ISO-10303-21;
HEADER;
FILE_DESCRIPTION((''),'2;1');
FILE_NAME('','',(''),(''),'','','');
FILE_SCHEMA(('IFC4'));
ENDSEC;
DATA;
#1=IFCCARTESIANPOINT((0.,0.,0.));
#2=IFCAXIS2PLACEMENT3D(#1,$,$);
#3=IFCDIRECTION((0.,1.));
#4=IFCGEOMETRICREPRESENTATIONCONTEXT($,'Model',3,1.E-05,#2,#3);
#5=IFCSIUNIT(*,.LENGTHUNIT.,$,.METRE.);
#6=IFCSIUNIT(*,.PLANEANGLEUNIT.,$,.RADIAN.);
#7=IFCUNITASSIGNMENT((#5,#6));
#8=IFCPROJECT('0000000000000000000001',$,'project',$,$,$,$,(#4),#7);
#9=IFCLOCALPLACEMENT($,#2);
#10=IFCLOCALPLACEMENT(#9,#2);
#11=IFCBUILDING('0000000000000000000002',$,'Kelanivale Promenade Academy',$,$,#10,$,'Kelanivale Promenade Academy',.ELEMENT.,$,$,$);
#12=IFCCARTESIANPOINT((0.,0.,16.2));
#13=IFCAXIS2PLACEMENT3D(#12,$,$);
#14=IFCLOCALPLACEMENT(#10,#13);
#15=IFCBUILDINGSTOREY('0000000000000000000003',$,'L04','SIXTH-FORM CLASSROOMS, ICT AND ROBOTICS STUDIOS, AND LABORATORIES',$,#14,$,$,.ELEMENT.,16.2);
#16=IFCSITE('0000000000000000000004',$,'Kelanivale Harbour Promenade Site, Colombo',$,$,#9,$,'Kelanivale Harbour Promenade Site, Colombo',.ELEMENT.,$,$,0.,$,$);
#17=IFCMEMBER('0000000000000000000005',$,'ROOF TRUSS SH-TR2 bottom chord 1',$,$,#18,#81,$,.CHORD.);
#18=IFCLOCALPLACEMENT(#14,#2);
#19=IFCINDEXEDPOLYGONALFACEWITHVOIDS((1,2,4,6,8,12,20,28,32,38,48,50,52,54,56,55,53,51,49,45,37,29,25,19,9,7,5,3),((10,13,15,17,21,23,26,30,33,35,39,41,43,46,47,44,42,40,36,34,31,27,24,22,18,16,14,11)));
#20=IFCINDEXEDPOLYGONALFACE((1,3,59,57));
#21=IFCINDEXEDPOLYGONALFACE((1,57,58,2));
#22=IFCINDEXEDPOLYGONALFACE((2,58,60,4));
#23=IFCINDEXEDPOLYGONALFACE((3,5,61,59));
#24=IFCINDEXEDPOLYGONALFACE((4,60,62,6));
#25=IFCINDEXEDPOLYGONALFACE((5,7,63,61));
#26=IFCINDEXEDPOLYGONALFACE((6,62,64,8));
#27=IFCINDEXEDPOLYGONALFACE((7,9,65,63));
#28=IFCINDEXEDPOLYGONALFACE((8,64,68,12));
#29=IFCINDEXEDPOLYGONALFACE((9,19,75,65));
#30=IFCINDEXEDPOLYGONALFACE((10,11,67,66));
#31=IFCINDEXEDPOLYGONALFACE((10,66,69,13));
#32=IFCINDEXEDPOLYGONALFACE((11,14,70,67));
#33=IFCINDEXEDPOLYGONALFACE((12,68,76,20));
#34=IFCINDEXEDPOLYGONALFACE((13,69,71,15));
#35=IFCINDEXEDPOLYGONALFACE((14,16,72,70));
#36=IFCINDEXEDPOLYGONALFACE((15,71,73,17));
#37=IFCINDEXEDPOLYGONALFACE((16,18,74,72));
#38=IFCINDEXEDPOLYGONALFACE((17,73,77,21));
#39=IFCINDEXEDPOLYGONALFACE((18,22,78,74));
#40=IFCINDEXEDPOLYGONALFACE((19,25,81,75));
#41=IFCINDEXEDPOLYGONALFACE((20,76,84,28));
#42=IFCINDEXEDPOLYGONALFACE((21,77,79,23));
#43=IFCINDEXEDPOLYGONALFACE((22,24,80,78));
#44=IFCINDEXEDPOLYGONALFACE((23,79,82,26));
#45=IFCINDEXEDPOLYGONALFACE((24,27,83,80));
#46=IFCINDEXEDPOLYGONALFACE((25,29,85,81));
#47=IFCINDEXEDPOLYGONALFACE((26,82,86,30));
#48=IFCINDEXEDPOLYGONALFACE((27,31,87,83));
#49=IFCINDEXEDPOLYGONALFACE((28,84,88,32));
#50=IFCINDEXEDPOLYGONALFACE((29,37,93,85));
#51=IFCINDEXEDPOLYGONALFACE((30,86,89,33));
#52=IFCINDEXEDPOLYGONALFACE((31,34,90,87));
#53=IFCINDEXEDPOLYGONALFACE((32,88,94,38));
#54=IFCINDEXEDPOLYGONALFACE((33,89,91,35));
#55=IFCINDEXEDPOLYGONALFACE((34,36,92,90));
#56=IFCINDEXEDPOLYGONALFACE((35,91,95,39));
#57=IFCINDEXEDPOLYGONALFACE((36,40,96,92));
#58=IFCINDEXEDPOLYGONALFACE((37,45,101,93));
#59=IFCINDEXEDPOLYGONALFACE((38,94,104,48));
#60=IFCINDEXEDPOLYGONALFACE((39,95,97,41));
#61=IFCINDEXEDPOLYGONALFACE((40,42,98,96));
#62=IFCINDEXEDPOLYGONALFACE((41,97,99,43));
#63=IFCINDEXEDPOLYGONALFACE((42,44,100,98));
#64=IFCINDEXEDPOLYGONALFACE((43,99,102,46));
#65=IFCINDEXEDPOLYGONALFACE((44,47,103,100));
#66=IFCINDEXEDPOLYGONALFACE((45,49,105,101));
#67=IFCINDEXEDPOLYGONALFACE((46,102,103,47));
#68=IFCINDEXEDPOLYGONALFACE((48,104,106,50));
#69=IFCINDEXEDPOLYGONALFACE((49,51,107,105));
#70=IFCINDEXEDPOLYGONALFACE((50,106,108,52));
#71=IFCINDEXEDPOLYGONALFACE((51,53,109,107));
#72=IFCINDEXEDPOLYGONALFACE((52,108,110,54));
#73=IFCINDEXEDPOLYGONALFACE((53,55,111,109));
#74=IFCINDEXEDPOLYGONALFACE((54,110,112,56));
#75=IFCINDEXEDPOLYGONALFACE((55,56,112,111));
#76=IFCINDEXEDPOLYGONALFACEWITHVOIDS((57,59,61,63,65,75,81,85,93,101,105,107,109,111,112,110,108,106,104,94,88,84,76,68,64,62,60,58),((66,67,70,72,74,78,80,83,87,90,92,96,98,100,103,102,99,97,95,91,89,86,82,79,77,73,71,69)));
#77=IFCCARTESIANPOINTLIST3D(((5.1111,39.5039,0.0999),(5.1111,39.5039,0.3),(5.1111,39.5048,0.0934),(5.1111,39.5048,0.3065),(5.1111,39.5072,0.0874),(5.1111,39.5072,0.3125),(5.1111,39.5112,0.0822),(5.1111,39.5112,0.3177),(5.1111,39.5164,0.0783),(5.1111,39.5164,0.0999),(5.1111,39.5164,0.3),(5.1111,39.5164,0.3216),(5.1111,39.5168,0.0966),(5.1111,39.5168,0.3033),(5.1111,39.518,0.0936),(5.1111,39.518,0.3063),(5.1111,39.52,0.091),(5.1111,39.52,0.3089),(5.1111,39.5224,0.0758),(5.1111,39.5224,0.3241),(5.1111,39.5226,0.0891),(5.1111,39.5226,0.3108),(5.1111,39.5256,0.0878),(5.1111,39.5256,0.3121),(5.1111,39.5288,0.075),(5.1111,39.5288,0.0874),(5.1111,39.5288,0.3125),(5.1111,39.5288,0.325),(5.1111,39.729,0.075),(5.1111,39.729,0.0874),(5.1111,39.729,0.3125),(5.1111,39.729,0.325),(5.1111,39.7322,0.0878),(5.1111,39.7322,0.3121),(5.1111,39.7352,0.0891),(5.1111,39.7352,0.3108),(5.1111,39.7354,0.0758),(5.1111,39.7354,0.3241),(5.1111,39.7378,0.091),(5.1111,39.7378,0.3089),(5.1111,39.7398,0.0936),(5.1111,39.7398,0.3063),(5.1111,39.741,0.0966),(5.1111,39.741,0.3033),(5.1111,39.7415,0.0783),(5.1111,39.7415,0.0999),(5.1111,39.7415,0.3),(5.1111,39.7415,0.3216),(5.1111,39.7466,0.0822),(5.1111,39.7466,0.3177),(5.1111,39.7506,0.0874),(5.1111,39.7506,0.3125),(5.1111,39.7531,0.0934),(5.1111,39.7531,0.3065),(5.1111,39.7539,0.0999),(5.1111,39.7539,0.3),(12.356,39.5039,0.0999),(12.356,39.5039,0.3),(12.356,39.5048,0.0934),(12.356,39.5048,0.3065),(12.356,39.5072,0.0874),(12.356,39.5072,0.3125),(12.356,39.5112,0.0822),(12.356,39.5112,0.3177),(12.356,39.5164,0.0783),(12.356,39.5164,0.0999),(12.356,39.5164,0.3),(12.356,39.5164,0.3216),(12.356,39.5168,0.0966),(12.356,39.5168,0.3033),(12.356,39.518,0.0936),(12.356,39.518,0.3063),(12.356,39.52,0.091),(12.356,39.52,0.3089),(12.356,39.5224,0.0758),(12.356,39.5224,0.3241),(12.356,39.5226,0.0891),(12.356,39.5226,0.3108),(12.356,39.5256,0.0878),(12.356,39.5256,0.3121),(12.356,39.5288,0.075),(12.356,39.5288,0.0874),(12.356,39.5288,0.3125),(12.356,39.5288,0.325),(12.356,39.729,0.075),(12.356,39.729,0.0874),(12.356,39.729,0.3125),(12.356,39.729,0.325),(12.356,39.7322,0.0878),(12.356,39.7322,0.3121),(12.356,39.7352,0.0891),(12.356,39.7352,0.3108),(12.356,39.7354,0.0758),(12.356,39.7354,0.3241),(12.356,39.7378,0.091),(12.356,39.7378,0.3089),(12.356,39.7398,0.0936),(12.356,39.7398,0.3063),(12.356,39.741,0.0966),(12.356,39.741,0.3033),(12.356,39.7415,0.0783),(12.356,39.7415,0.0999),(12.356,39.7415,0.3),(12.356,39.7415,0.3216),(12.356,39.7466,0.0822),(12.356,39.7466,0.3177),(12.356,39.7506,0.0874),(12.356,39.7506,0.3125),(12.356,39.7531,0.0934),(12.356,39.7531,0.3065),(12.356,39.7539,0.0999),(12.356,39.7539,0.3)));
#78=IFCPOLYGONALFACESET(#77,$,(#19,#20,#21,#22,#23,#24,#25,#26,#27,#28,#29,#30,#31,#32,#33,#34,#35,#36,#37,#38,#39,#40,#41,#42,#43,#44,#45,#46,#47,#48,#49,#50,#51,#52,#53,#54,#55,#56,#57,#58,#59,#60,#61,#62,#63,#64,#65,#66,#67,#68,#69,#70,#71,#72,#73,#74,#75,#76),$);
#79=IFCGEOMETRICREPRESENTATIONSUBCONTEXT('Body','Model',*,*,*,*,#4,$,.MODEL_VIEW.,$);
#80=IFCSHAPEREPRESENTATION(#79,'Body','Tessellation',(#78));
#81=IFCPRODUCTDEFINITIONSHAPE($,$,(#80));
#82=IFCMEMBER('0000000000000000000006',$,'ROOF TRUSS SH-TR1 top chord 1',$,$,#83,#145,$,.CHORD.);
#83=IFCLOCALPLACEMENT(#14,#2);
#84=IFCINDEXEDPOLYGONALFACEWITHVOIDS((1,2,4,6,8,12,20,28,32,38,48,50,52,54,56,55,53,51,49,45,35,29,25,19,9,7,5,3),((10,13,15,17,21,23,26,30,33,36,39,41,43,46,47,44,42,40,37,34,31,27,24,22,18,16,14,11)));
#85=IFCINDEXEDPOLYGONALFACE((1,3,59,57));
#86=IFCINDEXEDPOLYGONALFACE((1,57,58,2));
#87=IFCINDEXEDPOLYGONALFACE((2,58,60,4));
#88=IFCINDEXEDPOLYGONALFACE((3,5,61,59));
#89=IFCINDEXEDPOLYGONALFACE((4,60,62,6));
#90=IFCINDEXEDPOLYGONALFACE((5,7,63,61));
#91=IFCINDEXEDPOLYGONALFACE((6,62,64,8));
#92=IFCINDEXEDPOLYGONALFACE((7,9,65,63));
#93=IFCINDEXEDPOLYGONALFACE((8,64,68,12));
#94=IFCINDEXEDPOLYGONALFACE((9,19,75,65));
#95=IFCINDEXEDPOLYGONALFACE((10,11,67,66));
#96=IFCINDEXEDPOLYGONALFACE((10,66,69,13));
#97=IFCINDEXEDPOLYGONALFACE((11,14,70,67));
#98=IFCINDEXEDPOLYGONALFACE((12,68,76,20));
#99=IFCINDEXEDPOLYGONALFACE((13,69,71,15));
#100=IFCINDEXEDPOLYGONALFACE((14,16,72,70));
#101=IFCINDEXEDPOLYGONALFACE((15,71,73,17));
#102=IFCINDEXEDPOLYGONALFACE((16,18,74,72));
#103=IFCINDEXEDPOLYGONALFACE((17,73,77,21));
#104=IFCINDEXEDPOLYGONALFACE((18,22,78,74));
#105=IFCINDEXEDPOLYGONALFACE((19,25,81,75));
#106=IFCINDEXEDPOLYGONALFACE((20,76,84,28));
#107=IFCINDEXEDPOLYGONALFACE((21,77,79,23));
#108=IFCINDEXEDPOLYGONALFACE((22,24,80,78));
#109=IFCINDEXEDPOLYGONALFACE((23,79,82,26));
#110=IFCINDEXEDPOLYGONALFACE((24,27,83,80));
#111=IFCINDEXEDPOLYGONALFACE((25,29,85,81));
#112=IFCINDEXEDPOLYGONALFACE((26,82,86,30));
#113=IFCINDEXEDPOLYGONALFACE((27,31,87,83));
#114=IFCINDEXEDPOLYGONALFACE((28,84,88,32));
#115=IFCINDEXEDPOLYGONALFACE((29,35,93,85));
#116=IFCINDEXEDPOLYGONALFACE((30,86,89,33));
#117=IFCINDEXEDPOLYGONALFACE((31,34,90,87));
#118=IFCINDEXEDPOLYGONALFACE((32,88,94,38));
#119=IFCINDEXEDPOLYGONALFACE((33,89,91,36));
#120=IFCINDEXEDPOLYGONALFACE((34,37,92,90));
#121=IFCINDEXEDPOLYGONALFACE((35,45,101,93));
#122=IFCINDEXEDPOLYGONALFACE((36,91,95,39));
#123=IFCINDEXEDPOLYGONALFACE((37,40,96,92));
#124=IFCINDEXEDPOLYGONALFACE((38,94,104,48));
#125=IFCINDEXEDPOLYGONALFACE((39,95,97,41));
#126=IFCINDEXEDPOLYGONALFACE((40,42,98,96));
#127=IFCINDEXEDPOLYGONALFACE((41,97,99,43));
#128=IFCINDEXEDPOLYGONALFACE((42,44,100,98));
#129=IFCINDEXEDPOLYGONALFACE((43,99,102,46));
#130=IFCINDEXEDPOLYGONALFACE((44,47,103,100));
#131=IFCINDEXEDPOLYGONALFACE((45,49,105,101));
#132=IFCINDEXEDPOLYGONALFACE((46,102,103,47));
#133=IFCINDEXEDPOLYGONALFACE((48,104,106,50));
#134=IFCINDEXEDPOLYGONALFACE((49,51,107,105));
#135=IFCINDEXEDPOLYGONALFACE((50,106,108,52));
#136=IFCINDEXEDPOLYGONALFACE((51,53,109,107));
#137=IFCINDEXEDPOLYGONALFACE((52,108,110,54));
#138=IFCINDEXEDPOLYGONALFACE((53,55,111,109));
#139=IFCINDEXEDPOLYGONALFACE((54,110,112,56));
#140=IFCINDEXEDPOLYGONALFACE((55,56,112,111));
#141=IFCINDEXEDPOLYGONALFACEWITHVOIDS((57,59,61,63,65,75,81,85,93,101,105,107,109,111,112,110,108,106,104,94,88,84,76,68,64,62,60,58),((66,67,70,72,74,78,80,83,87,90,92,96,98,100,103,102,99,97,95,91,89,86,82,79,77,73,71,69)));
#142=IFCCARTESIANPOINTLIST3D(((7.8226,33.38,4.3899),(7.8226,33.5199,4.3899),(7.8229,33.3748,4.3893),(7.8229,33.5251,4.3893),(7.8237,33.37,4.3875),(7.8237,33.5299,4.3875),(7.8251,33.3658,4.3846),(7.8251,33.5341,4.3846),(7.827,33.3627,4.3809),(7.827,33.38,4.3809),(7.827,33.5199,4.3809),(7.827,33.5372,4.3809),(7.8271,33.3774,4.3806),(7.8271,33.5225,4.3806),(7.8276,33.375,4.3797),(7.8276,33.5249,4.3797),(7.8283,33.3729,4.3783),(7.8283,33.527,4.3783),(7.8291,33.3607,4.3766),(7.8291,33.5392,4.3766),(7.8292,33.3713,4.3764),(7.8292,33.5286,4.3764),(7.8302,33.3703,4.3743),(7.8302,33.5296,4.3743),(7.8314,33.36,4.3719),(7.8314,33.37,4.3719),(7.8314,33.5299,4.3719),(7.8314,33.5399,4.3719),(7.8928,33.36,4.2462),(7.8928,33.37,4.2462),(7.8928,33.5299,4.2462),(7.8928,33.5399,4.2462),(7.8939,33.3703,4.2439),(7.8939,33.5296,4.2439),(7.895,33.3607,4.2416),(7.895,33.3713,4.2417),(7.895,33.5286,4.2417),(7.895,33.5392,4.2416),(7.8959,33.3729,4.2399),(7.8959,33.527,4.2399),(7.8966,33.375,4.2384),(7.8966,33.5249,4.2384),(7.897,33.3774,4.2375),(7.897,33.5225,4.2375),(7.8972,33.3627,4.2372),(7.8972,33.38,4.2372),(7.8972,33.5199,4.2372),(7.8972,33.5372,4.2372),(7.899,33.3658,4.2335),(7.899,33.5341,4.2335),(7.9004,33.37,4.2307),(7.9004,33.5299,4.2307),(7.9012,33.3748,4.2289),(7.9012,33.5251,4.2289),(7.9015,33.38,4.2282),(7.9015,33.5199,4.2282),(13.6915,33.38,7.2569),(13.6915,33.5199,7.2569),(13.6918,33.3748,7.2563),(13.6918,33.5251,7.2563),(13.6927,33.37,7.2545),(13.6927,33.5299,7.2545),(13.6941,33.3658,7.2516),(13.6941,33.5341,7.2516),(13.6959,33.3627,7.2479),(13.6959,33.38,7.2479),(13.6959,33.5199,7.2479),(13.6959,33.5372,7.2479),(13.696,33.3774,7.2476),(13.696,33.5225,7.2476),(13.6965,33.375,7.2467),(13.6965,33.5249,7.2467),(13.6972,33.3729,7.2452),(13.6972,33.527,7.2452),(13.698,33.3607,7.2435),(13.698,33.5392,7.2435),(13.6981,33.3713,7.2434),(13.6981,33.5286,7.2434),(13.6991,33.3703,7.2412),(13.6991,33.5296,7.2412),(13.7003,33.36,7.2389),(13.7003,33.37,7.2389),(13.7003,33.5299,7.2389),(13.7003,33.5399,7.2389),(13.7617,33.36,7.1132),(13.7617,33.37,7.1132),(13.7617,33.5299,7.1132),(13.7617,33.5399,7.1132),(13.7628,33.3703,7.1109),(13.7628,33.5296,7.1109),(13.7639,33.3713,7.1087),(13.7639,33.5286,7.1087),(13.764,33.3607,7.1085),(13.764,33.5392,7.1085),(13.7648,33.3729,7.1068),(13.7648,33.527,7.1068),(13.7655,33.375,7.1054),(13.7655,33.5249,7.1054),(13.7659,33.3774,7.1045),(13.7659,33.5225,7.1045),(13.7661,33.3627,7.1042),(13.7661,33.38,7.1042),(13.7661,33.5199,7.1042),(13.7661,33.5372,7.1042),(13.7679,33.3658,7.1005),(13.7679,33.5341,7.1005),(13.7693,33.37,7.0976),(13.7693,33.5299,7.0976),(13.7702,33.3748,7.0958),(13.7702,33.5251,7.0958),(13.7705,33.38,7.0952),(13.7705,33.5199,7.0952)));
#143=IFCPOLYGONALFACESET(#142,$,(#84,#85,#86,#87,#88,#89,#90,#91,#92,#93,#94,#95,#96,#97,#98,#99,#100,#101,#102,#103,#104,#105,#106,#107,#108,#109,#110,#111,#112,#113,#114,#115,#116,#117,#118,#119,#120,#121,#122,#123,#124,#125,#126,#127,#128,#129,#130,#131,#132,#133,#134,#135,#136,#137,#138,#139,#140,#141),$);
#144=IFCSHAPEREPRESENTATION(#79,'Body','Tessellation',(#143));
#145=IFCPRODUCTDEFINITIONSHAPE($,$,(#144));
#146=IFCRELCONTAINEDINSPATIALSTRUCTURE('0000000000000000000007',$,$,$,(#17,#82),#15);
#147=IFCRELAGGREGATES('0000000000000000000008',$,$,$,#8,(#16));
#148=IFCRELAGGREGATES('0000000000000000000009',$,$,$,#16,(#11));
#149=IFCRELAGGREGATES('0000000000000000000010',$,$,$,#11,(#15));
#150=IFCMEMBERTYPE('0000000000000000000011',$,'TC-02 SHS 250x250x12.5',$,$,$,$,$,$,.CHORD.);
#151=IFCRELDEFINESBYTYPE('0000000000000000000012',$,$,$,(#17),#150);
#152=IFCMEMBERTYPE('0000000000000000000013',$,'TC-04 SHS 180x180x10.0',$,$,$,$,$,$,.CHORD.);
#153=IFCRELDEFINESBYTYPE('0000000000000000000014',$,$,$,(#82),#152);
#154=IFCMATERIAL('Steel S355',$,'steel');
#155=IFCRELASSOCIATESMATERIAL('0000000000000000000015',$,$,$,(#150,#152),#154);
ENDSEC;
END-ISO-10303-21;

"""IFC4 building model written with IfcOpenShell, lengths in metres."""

from ifc_helpers import new_model, si_unit, direction, frame, origin, origin_2d, place, context, subcontext, project, spatial, hollow_rectangle, extrude, material, material_profile, profile_set, type_object, element, save


model = new_model("IFC4")

# Units and contexts
model_context = context("Model", 3, precision=1e-05, world=origin(), true_north=direction((0.0, 1.0)))
body_context = subcontext(model_context, "Body", "Model", "MODEL_VIEW")
ifc_project = project(units=[si_unit("LENGTHUNIT", "METRE"), si_unit("PLANEANGLEUNIT", "RADIAN")], contexts=[model_context])

# Site, building, storey
site_placement = place(None, origin())
site = spatial("IfcSite", under=ifc_project, at=site_placement, Name="Kelanivale Harbour Promenade Site, Colombo", LongName="Kelanivale Harbour Promenade Site, Colombo", CompositionType="ELEMENT", RefElevation=0.0)
building_placement = place(site_placement, origin())
building = spatial("IfcBuilding", under=site, at=building_placement, Name="Kelanivale Promenade Academy", LongName="Kelanivale Promenade Academy", CompositionType="ELEMENT")
storey_placement = place(building_placement, frame((0.0, 0.0, 16.2)))
storey = spatial("IfcBuildingStorey", under=building, at=storey_placement, Name="L04", Description="SIXTH-FORM CLASSROOMS, ICT AND ROBOTICS STUDIOS, AND LABORATORIES", CompositionType="ELEMENT", Elevation=16.2)

# Shared definitions
ifc_material_1 = material(Name="Steel S355", Category="steel")

# Members
ifc_material_profile_1 = material_profile(ifc_material_1, hollow_rectangle(XDim=0.25, YDim=0.25, WallThickness=0.0125, InnerFilletRadius=0.0125, OuterFilletRadius=0.0249, at=origin_2d()), Name="SHS 250x250x12.5")
ifc_profile_set_1 = profile_set([ifc_material_profile_1], Name="Steel S355")
member_type_1 = type_object("IfcMemberType", Name="TC-02 SHS 250x250x12.5", PredefinedType="CHORD", material=ifc_profile_set_1)
member_1_placement = place(storey_placement, frame((5.1111, 39.6289, 0.2), z_axis=(1.0, 0.0, 0.0), x_axis=(0.0, 1.0, 0.0)))
element("IfcMember", 1, at=member_1_placement, inside=storey, type_object=member_type_1, Name="ROOF TRUSS SH-TR2 bottom chord 1", PredefinedType="CHORD", context=body_context, shape_type="SweptSolid", body=[
    extrude(hollow_rectangle(XDim=0.25, YDim=0.25, WallThickness=0.0125, InnerFilletRadius=0.0125, OuterFilletRadius=0.0249, at=origin_2d()), origin(), (0.0, 0.0, 1.0), 7.2449),
])
ifc_material_profile_2 = material_profile(ifc_material_1, hollow_rectangle(XDim=0.1799, YDim=0.1799, WallThickness=0.01, InnerFilletRadius=0.01, OuterFilletRadius=0.02, at=origin_2d()), Name="SHS 180x180x10.0")
ifc_profile_set_2 = profile_set([ifc_material_profile_2], Name="Steel S355")
member_type_2 = type_object("IfcMemberType", Name="TC-04 SHS 180x180x10.0", PredefinedType="CHORD", material=ifc_profile_set_2)
member_2_placement = place(storey_placement, frame((7.8621, 33.45, 4.3091), z_axis=(0.898523, 0.0, 0.438927), x_axis=(0.0, 1.0, 0.0)))
element("IfcMember", 2, at=member_2_placement, inside=storey, type_object=member_type_2, Name="ROOF TRUSS SH-TR1 top chord 1", PredefinedType="CHORD", context=body_context, shape_type="SweptSolid", body=[
    extrude(hollow_rectangle(XDim=0.1799, YDim=0.1799, WallThickness=0.01, InnerFilletRadius=0.01, OuterFilletRadius=0.02, at=origin_2d()), origin(), (0.0, 0.0, 1.0), 6.5317),
])

save(model, "model.ifc")
